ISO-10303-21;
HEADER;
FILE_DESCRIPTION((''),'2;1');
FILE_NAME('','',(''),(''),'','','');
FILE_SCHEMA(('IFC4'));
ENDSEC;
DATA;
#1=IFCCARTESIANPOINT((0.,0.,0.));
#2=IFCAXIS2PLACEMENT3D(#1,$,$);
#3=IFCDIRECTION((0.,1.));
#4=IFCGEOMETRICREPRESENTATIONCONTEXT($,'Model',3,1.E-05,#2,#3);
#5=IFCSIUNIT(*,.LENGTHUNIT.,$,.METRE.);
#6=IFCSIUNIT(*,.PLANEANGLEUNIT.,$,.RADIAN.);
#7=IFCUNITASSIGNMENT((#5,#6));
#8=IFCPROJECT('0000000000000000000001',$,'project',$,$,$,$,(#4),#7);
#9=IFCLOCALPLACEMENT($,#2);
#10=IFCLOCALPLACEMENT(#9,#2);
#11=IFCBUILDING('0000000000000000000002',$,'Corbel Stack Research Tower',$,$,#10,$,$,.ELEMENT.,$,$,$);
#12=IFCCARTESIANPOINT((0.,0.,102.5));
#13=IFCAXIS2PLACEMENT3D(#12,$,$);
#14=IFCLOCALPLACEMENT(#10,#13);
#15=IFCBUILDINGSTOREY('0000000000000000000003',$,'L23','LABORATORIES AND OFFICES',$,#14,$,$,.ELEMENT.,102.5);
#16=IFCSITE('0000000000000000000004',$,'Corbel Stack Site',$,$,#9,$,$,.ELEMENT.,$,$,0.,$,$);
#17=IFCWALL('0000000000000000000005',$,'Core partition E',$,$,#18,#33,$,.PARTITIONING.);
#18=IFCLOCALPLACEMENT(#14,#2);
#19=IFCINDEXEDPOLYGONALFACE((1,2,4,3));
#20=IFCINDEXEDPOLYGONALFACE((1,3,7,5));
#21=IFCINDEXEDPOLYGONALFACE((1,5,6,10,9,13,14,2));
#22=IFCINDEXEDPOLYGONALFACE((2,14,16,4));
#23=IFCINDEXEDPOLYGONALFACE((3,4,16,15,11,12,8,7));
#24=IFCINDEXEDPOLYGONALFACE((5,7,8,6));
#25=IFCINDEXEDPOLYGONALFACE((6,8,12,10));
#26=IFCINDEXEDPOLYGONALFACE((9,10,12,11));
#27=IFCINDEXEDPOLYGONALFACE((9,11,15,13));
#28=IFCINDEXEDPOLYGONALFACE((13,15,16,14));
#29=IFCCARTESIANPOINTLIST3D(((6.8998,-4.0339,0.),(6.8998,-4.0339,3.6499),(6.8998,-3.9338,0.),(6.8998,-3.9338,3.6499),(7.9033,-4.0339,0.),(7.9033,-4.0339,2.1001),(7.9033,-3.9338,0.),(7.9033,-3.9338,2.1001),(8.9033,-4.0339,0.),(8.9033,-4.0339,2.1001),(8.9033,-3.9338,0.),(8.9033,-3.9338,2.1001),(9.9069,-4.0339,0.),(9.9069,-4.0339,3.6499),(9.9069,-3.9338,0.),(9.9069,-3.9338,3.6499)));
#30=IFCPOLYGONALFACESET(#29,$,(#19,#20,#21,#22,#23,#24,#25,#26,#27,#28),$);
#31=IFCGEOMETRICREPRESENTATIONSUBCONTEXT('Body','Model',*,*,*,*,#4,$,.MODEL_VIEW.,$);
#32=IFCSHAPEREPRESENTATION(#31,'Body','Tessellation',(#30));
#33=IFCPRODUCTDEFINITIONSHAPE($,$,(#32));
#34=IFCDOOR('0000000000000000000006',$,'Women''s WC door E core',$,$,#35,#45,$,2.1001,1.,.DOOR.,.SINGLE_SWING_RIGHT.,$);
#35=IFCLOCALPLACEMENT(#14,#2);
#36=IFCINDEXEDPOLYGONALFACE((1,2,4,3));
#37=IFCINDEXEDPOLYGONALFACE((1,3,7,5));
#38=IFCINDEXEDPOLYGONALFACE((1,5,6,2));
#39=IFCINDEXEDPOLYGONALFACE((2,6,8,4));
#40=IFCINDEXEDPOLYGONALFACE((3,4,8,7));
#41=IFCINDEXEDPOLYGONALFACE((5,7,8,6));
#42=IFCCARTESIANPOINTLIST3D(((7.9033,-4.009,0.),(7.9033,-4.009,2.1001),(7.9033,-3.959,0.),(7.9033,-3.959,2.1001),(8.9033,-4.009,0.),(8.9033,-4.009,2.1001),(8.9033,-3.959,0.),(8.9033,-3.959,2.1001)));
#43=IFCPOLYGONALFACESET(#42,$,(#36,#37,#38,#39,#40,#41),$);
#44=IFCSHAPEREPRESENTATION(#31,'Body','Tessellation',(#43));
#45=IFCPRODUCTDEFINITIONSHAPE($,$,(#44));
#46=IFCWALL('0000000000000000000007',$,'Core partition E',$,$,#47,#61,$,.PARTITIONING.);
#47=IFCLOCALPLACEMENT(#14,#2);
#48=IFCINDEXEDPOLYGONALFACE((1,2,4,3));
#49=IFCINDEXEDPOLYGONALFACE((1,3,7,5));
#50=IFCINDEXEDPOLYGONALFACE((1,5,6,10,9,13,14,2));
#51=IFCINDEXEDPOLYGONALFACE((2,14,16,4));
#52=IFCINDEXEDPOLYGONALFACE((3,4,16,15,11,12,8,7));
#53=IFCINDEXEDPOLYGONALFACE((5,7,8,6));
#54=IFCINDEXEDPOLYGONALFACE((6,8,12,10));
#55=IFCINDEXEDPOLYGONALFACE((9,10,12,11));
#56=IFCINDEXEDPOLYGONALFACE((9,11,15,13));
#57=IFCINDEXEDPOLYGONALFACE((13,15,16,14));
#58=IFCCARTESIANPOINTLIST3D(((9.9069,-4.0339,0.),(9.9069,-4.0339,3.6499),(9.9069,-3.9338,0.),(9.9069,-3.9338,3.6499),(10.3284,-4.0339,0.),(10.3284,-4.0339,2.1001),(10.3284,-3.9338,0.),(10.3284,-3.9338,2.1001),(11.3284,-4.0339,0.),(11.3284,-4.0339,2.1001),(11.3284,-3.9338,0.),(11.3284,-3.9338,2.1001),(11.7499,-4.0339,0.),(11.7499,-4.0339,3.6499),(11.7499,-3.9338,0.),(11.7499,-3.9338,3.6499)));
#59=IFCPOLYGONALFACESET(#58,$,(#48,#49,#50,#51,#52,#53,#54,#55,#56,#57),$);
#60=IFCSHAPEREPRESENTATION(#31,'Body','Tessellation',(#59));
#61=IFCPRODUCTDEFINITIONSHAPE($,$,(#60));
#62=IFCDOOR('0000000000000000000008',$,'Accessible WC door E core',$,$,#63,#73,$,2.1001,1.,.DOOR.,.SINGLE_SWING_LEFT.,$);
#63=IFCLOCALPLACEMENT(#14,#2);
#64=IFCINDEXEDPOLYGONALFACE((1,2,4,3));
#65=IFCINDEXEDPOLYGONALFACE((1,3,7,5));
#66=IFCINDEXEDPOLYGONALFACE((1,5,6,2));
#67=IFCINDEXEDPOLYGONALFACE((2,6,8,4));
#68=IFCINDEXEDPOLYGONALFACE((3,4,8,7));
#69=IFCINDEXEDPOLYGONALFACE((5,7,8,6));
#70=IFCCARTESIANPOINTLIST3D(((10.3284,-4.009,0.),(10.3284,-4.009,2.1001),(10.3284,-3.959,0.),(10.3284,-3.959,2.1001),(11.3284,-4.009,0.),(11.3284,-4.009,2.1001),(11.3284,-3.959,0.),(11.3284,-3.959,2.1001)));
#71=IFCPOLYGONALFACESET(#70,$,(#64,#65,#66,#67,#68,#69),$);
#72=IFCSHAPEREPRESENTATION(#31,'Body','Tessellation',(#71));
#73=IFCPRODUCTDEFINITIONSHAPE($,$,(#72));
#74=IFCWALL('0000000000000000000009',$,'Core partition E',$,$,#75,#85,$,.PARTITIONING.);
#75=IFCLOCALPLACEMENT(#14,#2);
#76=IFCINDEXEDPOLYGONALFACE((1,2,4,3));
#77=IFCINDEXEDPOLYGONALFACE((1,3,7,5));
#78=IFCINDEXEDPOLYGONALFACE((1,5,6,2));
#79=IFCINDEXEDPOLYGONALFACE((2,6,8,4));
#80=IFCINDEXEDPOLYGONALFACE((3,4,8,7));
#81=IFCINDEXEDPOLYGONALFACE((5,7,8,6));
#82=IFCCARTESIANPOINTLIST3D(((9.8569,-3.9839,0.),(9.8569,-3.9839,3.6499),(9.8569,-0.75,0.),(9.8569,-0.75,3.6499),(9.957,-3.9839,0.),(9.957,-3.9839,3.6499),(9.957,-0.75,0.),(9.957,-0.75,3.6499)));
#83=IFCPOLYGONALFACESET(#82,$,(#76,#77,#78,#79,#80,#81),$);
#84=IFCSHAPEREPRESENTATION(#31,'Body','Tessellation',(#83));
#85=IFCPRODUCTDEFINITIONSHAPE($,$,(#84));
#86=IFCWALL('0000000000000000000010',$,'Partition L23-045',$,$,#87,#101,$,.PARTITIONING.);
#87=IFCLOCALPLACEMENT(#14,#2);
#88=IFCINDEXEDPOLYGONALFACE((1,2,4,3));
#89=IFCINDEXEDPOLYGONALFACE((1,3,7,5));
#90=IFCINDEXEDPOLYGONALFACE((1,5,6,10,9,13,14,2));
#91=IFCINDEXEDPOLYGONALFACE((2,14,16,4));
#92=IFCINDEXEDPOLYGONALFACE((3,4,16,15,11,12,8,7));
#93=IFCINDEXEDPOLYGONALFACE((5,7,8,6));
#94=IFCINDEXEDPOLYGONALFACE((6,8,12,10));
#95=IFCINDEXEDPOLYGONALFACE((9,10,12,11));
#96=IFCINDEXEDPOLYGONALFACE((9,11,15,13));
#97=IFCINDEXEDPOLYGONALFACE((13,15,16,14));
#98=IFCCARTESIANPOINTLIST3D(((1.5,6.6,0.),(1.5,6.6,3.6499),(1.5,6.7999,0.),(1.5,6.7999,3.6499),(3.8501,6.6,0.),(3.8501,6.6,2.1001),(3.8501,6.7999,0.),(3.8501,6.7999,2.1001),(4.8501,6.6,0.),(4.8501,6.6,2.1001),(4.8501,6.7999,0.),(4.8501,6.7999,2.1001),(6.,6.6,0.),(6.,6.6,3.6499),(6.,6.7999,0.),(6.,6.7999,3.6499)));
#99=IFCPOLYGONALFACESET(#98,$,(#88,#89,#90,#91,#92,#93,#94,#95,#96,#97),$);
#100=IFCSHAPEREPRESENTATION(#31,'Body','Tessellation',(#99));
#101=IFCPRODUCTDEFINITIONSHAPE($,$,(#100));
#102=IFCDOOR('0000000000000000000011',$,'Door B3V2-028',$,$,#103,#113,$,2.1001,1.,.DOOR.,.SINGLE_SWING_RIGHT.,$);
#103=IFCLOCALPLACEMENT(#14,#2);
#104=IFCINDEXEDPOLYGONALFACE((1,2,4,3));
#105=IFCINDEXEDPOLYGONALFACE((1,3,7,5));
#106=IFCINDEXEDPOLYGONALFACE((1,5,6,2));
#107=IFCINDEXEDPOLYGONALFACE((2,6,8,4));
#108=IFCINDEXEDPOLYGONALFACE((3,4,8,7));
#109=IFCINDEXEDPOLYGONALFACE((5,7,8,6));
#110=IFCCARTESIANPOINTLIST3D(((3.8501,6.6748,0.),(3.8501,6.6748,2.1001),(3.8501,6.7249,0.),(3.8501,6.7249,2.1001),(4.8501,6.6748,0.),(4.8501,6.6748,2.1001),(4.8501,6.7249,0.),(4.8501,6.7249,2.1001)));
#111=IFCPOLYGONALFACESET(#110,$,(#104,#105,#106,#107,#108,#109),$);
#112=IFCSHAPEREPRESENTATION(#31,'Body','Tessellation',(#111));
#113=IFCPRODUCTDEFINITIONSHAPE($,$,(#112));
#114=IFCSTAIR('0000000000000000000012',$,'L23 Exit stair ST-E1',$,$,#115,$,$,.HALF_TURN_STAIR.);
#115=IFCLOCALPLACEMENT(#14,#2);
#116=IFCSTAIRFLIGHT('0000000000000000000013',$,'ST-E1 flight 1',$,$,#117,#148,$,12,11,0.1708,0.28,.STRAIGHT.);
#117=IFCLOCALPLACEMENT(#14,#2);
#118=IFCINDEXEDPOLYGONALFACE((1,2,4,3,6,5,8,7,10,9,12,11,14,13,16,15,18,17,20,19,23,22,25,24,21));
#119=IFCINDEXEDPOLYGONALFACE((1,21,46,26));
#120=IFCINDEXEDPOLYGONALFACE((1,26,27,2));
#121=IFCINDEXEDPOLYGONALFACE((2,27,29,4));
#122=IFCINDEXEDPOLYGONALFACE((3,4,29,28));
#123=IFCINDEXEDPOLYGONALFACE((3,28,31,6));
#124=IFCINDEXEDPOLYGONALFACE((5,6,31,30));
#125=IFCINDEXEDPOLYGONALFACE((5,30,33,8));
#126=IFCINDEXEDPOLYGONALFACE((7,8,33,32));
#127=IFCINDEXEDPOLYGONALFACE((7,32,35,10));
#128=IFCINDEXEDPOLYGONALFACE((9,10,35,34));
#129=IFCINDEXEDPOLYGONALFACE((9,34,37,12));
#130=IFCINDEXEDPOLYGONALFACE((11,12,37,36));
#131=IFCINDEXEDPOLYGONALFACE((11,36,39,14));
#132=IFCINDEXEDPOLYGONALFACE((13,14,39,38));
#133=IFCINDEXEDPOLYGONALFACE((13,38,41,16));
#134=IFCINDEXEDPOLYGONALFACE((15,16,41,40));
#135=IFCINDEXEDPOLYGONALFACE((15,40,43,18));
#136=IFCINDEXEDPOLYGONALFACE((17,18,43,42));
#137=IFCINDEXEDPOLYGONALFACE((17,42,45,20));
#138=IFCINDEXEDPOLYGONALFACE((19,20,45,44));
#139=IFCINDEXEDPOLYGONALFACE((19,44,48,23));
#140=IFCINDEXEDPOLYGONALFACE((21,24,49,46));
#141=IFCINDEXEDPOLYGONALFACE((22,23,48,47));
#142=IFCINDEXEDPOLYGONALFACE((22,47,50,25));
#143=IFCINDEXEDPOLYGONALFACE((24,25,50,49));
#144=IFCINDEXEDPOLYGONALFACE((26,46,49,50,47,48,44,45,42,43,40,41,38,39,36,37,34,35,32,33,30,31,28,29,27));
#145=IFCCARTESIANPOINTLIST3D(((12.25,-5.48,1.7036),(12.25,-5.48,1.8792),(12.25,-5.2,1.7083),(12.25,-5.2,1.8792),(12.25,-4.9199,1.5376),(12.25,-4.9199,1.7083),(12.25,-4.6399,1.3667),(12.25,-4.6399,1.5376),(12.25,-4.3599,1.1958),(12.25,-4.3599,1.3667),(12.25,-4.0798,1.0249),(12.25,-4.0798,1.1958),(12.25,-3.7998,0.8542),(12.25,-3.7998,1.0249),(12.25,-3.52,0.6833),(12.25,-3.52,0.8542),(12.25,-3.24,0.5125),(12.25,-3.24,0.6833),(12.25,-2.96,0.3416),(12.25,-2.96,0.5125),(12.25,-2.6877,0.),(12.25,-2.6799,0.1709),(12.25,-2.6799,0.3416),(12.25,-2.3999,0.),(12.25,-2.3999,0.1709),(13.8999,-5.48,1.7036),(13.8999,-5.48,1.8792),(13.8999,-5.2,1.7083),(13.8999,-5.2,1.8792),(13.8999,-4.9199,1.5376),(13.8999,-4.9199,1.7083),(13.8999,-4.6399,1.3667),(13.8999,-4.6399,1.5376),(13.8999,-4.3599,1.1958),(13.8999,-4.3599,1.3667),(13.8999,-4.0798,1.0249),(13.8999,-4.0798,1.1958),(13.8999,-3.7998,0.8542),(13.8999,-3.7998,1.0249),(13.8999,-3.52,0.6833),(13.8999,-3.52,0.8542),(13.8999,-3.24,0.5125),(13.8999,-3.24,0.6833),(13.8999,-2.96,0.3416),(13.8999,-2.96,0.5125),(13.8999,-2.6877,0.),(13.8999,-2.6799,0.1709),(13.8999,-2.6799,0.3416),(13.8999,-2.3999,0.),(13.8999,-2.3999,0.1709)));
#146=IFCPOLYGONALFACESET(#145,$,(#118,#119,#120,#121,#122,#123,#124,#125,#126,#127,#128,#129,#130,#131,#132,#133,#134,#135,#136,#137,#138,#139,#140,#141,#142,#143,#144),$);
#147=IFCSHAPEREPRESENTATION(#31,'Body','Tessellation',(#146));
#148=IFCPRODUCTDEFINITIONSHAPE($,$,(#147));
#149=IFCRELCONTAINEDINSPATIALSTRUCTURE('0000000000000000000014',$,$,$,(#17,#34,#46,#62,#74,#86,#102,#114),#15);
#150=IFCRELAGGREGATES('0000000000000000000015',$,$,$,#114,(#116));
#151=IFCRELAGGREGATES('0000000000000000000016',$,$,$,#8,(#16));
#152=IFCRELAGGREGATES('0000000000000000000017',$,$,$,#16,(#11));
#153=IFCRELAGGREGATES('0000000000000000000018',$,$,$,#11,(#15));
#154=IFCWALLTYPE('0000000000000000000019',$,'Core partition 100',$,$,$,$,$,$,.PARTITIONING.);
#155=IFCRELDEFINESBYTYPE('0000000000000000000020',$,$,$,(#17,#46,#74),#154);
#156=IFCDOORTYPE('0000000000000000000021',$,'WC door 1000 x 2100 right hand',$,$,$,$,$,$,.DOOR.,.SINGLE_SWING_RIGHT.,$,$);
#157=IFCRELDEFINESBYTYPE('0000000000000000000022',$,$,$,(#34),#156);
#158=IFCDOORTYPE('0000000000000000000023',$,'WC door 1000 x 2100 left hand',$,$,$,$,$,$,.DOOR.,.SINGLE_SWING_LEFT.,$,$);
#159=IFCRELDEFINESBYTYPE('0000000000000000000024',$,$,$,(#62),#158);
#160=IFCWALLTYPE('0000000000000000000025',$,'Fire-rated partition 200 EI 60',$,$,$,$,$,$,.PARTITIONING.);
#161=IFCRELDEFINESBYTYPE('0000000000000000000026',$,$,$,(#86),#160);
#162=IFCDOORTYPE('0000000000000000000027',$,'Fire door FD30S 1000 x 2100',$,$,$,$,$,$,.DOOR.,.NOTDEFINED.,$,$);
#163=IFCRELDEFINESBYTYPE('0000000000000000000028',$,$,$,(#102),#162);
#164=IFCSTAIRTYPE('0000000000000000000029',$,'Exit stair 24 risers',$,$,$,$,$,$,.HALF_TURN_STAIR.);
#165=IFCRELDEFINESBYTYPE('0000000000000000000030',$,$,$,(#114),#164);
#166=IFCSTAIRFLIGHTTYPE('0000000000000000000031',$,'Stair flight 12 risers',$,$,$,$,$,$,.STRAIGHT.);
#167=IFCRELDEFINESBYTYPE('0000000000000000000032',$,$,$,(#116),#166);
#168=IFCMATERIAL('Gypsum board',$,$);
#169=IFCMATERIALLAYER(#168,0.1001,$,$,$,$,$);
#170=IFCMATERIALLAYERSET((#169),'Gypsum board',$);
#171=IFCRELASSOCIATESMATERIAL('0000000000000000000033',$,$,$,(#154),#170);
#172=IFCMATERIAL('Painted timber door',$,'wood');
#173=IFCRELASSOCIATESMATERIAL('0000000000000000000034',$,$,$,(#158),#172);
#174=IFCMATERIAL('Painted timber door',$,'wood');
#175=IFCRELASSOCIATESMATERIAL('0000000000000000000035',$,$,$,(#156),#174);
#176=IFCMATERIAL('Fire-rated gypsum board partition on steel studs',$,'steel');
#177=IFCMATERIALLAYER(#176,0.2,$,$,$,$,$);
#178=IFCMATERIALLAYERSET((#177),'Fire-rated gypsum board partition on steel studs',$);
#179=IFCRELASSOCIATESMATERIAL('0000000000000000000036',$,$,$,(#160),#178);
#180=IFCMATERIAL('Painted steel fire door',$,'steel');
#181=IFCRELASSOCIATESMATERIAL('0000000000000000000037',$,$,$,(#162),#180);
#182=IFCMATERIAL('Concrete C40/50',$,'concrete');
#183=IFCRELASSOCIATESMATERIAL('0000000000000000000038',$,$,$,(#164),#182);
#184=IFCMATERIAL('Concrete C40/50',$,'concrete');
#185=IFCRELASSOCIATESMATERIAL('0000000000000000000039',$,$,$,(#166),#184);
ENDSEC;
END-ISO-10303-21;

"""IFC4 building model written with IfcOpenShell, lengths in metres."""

from ifc_helpers import new_model, si_unit, direction, frame, frame_2d, origin, place, context, subcontext, project, spatial, polyline, rectangle, outline, extrude, material, layer, layer_set, type_object, element, fill, aggregate, save


model = new_model("IFC4")

# Units and contexts
model_context = context("Model", 3, precision=1e-05, world=origin(), true_north=direction((0.0, 1.0)))
body_context = subcontext(model_context, "Body", "Model", "MODEL_VIEW")
ifc_project = project(units=[si_unit("LENGTHUNIT", "METRE"), si_unit("PLANEANGLEUNIT", "RADIAN")], contexts=[model_context])

# Site, building, storey
site_placement = place(None, origin())
site = spatial("IfcSite", under=ifc_project, at=site_placement, Name="Corbel Stack Site", CompositionType="ELEMENT", RefElevation=0.0)
building_placement = place(site_placement, origin())
building = spatial("IfcBuilding", under=site, at=building_placement, Name="Corbel Stack Research Tower", CompositionType="ELEMENT")
storey_placement = place(building_placement, frame((0.0, 0.0, 102.5)))
storey = spatial("IfcBuildingStorey", under=building, at=storey_placement, Name="L23", Description="LABORATORIES AND OFFICES", CompositionType="ELEMENT", Elevation=102.5)

# Walls, openings, doors
ifc_material_1 = material(Name="Gypsum board")
ifc_layer_1 = layer(ifc_material_1, 0.1001)
ifc_layer_set_1 = layer_set([ifc_layer_1], Name="Gypsum board")
wall_type_1 = type_object("IfcWallType", Name="Core partition 100", PredefinedType="PARTITIONING", material=ifc_layer_set_1)
ifc_material_2 = material(Name="Painted timber door", Category="wood")
door_type_1 = type_object("IfcDoorType", Name="WC door 1000 x 2100 left hand", OperationType="SINGLE_SWING_LEFT", PredefinedType="DOOR", material=ifc_material_2)
wall_1_placement = place(storey_placement, frame((6.8999, -3.9839, 0.0), z_axis=(0.0, 0.0, 1.0), x_axis=(1.0, 0.0, 0.0)))
wall_1 = element("IfcWall", 1, at=wall_1_placement, inside=storey, type_object=wall_type_1, Name="Core partition E", PredefinedType="PARTITIONING", context=body_context, shape_type="SweptSolid", body=[
    extrude(rectangle(XDim=3.0071, YDim=0.1001, at=frame_2d((1.5034, 0.0))), origin(), (0.0, 0.0, 1.0), 3.6499),
])
opening_1_placement = place(wall_1_placement, frame((1.0034, 0.0, 0.0)))
opening_1 = element("IfcOpeningElement", 2, at=opening_1_placement, cuts=wall_1, PredefinedType="OPENING", context=body_context, shape_type="SweptSolid", body=[
    extrude(rectangle(XDim=1.0, YDim=2.1001, at=frame_2d((0.5, 1.05))), frame((0.0, 0.0601, 0.0), z_axis=(0.0, -1.0, 0.0), x_axis=(1.0, 0.0, 0.0)), (0.0, 0.0, 1.0), 0.1201),
])
ifc_material_3 = material(Name="Painted timber door", Category="wood")
door_type_2 = type_object("IfcDoorType", Name="WC door 1000 x 2100 right hand", OperationType="SINGLE_SWING_RIGHT", PredefinedType="DOOR", material=ifc_material_3)
door_1_placement = place(opening_1_placement, origin())
door_1 = element("IfcDoor", 3, at=door_1_placement, inside=storey, type_object=door_type_2, Name="Women's WC door E core", OperationType="SINGLE_SWING_RIGHT", OverallHeight=2.1001, OverallWidth=1.0, PredefinedType="DOOR", context=body_context, shape_type="SweptSolid", body=[
    extrude(rectangle(XDim=1.0, YDim=2.1001, at=frame_2d((0.5, 1.05))), frame((0.0, 0.0249, 0.0), z_axis=(0.0, -1.0, 0.0), x_axis=(1.0, 0.0, 0.0)), (0.0, 0.0, 1.0), 0.05),
])
fill(opening_1, door_1)
wall_2_placement = place(storey_placement, frame((9.907, -3.9839, 0.0), z_axis=(0.0, 0.0, 1.0), x_axis=(1.0, 0.0, 0.0)))
wall_2 = element("IfcWall", 4, at=wall_2_placement, inside=storey, type_object=wall_type_1, Name="Core partition E", PredefinedType="PARTITIONING", context=body_context, shape_type="SweptSolid", body=[
    extrude(rectangle(XDim=1.843, YDim=0.1001, at=frame_2d((0.9214, 0.0))), origin(), (0.0, 0.0, 1.0), 3.6499),
])
opening_2_placement = place(wall_2_placement, frame((0.4214, 0.0, 0.0)))
opening_2 = element("IfcOpeningElement", 5, at=opening_2_placement, cuts=wall_2, PredefinedType="OPENING", context=body_context, shape_type="SweptSolid", body=[
    extrude(rectangle(XDim=1.0, YDim=2.1001, at=frame_2d((0.5, 1.05))), frame((0.0, 0.0601, 0.0), z_axis=(0.0, -1.0, 0.0), x_axis=(1.0, 0.0, 0.0)), (0.0, 0.0, 1.0), 0.1201),
])
door_2_placement = place(opening_2_placement, origin())
door_2 = element("IfcDoor", 6, at=door_2_placement, inside=storey, type_object=door_type_1, Name="Accessible WC door E core", OperationType="SINGLE_SWING_LEFT", OverallHeight=2.1001, OverallWidth=1.0, PredefinedType="DOOR", context=body_context, shape_type="SweptSolid", body=[
    extrude(rectangle(XDim=1.0, YDim=2.1001, at=frame_2d((0.5, 1.05))), frame((0.0, 0.0249, 0.0), z_axis=(0.0, -1.0, 0.0), x_axis=(1.0, 0.0, 0.0)), (0.0, 0.0, 1.0), 0.05),
])
fill(opening_2, door_2)

# Wall
wall_3_placement = place(storey_placement, frame((9.907, -3.9839, 0.0), z_axis=(0.0, 0.0, 1.0), x_axis=(0.0, 1.0, 0.0)))
element("IfcWall", 7, at=wall_3_placement, inside=storey, type_object=wall_type_1, Name="Core partition E", PredefinedType="PARTITIONING", context=body_context, shape_type="SweptSolid", body=[
    extrude(rectangle(XDim=3.2339, YDim=0.1001, at=frame_2d((1.6169, 0.0))), origin(), (0.0, 0.0, 1.0), 3.6499),
])

# Wall, opening, door
ifc_material_4 = material(Name="Fire-rated gypsum board partition on steel studs", Category="steel")
ifc_layer_2 = layer(ifc_material_4, 0.2)
ifc_layer_set_2 = layer_set([ifc_layer_2], Name="Fire-rated gypsum board partition on steel studs")
wall_type_2 = type_object("IfcWallType", Name="Fire-rated partition 200 EI 60", PredefinedType="PARTITIONING", material=ifc_layer_set_2)
wall_4_placement = place(storey_placement, frame((1.5, 6.7, 0.0), z_axis=(0.0, 0.0, 1.0), x_axis=(1.0, 0.0, 0.0)))
wall_4 = element("IfcWall", 8, at=wall_4_placement, inside=storey, type_object=wall_type_2, Name="Partition L23-045", PredefinedType="PARTITIONING", context=body_context, shape_type="SweptSolid", body=[
    extrude(rectangle(XDim=4.5, YDim=0.2, at=frame_2d((2.25, 0.0))), origin(), (0.0, 0.0, 1.0), 3.6499),
])
opening_3_placement = place(wall_4_placement, frame((2.3501, 0.0, 0.0)))
opening_3 = element("IfcOpeningElement", 9, at=opening_3_placement, cuts=wall_4, PredefinedType="OPENING", context=body_context, shape_type="SweptSolid", body=[
    extrude(rectangle(XDim=1.0, YDim=2.1001, at=frame_2d((0.5, 1.05))), frame((0.0, 0.1099, 0.0), z_axis=(0.0, -1.0, 0.0), x_axis=(1.0, 0.0, 0.0)), (0.0, 0.0, 1.0), 0.22),
])
ifc_material_5 = material(Name="Painted steel fire door", Category="steel")
door_type_3 = type_object("IfcDoorType", Name="Fire door FD30S 1000 x 2100", OperationType="NOTDEFINED", PredefinedType="DOOR", material=ifc_material_5)
door_3_placement = place(opening_3_placement, origin())
door_3 = element("IfcDoor", 10, at=door_3_placement, inside=storey, type_object=door_type_3, Name="Door B3V2-028", OperationType="SINGLE_SWING_RIGHT", OverallHeight=2.1001, OverallWidth=1.0, PredefinedType="DOOR", context=body_context, shape_type="SweptSolid", body=[
    extrude(rectangle(XDim=1.0, YDim=2.1001, at=frame_2d((0.5, 1.05))), frame((0.0, 0.0249, 0.0), z_axis=(0.0, -1.0, 0.0), x_axis=(1.0, 0.0, 0.0)), (0.0, 0.0, 1.0), 0.05),
])
fill(opening_3, door_3)

# Stair, stair flight
ifc_material_6 = material(Name="Concrete C40/50", Category="concrete")
stair_type = type_object("IfcStairType", Name="Exit stair 24 risers", PredefinedType="HALF_TURN_STAIR", material=ifc_material_6)
stair_placement = place(storey_placement, origin())
stair = element("IfcStair", 11, at=stair_placement, inside=storey, type_object=stair_type, Name="L23 Exit stair ST-E1", PredefinedType="HALF_TURN_STAIR")
ifc_material_7 = material(Name="Concrete C40/50", Category="concrete")
stair_flight_type = type_object("IfcStairFlightType", Name="Stair flight 12 risers", PredefinedType="STRAIGHT", material=ifc_material_7)
stair_flight_1_placement = place(storey_placement, frame((13.075, -2.3999, 0.0), z_axis=(0.0, 0.0, 1.0), x_axis=(0.0, -1.0, 0.0)))
stair_flight_1 = element("IfcStairFlight", 12, at=stair_flight_1_placement, type_object=stair_flight_type, Name="ST-E1 flight 1", NumberOfRisers=12, NumberOfTreads=11, PredefinedType="STRAIGHT", RiserHeight=0.1708, TreadLength=0.28, context=body_context, shape_type="SweptSolid", body=[
    extrude(outline(polyline([(0.0, 0.0), (0.0, 0.1709), (0.28, 0.1709), (0.28, 0.3416), (0.5601, 0.3416), (0.5601, 0.5125), (0.8401, 0.5125), (0.8401, 0.6833), (1.1201, 0.6833), (1.1201, 0.8542), (1.3999, 0.8542), (1.3999, 1.0249), (1.6799, 1.0249), (1.6799, 1.1958), (1.96, 1.1958), (1.96, 1.3667), (2.24, 1.3667), (2.24, 1.5376), (2.52, 1.5376), (2.52, 1.7083), (2.8, 1.7083), (2.8, 1.8792), (3.0801, 1.8792), (3.0801, 2.05), (3.0801, 1.7036), (0.2878, 0.0), (0.0, 0.0)])), frame((0.0, 0.825, 0.0), z_axis=(0.0, -1.0, 0.0), x_axis=(1.0, 0.0, 0.0)), (0.0, 0.0, 1.0), 1.6499),
])
aggregate(stair, [stair_flight_1])

save(model, "model.ifc")
